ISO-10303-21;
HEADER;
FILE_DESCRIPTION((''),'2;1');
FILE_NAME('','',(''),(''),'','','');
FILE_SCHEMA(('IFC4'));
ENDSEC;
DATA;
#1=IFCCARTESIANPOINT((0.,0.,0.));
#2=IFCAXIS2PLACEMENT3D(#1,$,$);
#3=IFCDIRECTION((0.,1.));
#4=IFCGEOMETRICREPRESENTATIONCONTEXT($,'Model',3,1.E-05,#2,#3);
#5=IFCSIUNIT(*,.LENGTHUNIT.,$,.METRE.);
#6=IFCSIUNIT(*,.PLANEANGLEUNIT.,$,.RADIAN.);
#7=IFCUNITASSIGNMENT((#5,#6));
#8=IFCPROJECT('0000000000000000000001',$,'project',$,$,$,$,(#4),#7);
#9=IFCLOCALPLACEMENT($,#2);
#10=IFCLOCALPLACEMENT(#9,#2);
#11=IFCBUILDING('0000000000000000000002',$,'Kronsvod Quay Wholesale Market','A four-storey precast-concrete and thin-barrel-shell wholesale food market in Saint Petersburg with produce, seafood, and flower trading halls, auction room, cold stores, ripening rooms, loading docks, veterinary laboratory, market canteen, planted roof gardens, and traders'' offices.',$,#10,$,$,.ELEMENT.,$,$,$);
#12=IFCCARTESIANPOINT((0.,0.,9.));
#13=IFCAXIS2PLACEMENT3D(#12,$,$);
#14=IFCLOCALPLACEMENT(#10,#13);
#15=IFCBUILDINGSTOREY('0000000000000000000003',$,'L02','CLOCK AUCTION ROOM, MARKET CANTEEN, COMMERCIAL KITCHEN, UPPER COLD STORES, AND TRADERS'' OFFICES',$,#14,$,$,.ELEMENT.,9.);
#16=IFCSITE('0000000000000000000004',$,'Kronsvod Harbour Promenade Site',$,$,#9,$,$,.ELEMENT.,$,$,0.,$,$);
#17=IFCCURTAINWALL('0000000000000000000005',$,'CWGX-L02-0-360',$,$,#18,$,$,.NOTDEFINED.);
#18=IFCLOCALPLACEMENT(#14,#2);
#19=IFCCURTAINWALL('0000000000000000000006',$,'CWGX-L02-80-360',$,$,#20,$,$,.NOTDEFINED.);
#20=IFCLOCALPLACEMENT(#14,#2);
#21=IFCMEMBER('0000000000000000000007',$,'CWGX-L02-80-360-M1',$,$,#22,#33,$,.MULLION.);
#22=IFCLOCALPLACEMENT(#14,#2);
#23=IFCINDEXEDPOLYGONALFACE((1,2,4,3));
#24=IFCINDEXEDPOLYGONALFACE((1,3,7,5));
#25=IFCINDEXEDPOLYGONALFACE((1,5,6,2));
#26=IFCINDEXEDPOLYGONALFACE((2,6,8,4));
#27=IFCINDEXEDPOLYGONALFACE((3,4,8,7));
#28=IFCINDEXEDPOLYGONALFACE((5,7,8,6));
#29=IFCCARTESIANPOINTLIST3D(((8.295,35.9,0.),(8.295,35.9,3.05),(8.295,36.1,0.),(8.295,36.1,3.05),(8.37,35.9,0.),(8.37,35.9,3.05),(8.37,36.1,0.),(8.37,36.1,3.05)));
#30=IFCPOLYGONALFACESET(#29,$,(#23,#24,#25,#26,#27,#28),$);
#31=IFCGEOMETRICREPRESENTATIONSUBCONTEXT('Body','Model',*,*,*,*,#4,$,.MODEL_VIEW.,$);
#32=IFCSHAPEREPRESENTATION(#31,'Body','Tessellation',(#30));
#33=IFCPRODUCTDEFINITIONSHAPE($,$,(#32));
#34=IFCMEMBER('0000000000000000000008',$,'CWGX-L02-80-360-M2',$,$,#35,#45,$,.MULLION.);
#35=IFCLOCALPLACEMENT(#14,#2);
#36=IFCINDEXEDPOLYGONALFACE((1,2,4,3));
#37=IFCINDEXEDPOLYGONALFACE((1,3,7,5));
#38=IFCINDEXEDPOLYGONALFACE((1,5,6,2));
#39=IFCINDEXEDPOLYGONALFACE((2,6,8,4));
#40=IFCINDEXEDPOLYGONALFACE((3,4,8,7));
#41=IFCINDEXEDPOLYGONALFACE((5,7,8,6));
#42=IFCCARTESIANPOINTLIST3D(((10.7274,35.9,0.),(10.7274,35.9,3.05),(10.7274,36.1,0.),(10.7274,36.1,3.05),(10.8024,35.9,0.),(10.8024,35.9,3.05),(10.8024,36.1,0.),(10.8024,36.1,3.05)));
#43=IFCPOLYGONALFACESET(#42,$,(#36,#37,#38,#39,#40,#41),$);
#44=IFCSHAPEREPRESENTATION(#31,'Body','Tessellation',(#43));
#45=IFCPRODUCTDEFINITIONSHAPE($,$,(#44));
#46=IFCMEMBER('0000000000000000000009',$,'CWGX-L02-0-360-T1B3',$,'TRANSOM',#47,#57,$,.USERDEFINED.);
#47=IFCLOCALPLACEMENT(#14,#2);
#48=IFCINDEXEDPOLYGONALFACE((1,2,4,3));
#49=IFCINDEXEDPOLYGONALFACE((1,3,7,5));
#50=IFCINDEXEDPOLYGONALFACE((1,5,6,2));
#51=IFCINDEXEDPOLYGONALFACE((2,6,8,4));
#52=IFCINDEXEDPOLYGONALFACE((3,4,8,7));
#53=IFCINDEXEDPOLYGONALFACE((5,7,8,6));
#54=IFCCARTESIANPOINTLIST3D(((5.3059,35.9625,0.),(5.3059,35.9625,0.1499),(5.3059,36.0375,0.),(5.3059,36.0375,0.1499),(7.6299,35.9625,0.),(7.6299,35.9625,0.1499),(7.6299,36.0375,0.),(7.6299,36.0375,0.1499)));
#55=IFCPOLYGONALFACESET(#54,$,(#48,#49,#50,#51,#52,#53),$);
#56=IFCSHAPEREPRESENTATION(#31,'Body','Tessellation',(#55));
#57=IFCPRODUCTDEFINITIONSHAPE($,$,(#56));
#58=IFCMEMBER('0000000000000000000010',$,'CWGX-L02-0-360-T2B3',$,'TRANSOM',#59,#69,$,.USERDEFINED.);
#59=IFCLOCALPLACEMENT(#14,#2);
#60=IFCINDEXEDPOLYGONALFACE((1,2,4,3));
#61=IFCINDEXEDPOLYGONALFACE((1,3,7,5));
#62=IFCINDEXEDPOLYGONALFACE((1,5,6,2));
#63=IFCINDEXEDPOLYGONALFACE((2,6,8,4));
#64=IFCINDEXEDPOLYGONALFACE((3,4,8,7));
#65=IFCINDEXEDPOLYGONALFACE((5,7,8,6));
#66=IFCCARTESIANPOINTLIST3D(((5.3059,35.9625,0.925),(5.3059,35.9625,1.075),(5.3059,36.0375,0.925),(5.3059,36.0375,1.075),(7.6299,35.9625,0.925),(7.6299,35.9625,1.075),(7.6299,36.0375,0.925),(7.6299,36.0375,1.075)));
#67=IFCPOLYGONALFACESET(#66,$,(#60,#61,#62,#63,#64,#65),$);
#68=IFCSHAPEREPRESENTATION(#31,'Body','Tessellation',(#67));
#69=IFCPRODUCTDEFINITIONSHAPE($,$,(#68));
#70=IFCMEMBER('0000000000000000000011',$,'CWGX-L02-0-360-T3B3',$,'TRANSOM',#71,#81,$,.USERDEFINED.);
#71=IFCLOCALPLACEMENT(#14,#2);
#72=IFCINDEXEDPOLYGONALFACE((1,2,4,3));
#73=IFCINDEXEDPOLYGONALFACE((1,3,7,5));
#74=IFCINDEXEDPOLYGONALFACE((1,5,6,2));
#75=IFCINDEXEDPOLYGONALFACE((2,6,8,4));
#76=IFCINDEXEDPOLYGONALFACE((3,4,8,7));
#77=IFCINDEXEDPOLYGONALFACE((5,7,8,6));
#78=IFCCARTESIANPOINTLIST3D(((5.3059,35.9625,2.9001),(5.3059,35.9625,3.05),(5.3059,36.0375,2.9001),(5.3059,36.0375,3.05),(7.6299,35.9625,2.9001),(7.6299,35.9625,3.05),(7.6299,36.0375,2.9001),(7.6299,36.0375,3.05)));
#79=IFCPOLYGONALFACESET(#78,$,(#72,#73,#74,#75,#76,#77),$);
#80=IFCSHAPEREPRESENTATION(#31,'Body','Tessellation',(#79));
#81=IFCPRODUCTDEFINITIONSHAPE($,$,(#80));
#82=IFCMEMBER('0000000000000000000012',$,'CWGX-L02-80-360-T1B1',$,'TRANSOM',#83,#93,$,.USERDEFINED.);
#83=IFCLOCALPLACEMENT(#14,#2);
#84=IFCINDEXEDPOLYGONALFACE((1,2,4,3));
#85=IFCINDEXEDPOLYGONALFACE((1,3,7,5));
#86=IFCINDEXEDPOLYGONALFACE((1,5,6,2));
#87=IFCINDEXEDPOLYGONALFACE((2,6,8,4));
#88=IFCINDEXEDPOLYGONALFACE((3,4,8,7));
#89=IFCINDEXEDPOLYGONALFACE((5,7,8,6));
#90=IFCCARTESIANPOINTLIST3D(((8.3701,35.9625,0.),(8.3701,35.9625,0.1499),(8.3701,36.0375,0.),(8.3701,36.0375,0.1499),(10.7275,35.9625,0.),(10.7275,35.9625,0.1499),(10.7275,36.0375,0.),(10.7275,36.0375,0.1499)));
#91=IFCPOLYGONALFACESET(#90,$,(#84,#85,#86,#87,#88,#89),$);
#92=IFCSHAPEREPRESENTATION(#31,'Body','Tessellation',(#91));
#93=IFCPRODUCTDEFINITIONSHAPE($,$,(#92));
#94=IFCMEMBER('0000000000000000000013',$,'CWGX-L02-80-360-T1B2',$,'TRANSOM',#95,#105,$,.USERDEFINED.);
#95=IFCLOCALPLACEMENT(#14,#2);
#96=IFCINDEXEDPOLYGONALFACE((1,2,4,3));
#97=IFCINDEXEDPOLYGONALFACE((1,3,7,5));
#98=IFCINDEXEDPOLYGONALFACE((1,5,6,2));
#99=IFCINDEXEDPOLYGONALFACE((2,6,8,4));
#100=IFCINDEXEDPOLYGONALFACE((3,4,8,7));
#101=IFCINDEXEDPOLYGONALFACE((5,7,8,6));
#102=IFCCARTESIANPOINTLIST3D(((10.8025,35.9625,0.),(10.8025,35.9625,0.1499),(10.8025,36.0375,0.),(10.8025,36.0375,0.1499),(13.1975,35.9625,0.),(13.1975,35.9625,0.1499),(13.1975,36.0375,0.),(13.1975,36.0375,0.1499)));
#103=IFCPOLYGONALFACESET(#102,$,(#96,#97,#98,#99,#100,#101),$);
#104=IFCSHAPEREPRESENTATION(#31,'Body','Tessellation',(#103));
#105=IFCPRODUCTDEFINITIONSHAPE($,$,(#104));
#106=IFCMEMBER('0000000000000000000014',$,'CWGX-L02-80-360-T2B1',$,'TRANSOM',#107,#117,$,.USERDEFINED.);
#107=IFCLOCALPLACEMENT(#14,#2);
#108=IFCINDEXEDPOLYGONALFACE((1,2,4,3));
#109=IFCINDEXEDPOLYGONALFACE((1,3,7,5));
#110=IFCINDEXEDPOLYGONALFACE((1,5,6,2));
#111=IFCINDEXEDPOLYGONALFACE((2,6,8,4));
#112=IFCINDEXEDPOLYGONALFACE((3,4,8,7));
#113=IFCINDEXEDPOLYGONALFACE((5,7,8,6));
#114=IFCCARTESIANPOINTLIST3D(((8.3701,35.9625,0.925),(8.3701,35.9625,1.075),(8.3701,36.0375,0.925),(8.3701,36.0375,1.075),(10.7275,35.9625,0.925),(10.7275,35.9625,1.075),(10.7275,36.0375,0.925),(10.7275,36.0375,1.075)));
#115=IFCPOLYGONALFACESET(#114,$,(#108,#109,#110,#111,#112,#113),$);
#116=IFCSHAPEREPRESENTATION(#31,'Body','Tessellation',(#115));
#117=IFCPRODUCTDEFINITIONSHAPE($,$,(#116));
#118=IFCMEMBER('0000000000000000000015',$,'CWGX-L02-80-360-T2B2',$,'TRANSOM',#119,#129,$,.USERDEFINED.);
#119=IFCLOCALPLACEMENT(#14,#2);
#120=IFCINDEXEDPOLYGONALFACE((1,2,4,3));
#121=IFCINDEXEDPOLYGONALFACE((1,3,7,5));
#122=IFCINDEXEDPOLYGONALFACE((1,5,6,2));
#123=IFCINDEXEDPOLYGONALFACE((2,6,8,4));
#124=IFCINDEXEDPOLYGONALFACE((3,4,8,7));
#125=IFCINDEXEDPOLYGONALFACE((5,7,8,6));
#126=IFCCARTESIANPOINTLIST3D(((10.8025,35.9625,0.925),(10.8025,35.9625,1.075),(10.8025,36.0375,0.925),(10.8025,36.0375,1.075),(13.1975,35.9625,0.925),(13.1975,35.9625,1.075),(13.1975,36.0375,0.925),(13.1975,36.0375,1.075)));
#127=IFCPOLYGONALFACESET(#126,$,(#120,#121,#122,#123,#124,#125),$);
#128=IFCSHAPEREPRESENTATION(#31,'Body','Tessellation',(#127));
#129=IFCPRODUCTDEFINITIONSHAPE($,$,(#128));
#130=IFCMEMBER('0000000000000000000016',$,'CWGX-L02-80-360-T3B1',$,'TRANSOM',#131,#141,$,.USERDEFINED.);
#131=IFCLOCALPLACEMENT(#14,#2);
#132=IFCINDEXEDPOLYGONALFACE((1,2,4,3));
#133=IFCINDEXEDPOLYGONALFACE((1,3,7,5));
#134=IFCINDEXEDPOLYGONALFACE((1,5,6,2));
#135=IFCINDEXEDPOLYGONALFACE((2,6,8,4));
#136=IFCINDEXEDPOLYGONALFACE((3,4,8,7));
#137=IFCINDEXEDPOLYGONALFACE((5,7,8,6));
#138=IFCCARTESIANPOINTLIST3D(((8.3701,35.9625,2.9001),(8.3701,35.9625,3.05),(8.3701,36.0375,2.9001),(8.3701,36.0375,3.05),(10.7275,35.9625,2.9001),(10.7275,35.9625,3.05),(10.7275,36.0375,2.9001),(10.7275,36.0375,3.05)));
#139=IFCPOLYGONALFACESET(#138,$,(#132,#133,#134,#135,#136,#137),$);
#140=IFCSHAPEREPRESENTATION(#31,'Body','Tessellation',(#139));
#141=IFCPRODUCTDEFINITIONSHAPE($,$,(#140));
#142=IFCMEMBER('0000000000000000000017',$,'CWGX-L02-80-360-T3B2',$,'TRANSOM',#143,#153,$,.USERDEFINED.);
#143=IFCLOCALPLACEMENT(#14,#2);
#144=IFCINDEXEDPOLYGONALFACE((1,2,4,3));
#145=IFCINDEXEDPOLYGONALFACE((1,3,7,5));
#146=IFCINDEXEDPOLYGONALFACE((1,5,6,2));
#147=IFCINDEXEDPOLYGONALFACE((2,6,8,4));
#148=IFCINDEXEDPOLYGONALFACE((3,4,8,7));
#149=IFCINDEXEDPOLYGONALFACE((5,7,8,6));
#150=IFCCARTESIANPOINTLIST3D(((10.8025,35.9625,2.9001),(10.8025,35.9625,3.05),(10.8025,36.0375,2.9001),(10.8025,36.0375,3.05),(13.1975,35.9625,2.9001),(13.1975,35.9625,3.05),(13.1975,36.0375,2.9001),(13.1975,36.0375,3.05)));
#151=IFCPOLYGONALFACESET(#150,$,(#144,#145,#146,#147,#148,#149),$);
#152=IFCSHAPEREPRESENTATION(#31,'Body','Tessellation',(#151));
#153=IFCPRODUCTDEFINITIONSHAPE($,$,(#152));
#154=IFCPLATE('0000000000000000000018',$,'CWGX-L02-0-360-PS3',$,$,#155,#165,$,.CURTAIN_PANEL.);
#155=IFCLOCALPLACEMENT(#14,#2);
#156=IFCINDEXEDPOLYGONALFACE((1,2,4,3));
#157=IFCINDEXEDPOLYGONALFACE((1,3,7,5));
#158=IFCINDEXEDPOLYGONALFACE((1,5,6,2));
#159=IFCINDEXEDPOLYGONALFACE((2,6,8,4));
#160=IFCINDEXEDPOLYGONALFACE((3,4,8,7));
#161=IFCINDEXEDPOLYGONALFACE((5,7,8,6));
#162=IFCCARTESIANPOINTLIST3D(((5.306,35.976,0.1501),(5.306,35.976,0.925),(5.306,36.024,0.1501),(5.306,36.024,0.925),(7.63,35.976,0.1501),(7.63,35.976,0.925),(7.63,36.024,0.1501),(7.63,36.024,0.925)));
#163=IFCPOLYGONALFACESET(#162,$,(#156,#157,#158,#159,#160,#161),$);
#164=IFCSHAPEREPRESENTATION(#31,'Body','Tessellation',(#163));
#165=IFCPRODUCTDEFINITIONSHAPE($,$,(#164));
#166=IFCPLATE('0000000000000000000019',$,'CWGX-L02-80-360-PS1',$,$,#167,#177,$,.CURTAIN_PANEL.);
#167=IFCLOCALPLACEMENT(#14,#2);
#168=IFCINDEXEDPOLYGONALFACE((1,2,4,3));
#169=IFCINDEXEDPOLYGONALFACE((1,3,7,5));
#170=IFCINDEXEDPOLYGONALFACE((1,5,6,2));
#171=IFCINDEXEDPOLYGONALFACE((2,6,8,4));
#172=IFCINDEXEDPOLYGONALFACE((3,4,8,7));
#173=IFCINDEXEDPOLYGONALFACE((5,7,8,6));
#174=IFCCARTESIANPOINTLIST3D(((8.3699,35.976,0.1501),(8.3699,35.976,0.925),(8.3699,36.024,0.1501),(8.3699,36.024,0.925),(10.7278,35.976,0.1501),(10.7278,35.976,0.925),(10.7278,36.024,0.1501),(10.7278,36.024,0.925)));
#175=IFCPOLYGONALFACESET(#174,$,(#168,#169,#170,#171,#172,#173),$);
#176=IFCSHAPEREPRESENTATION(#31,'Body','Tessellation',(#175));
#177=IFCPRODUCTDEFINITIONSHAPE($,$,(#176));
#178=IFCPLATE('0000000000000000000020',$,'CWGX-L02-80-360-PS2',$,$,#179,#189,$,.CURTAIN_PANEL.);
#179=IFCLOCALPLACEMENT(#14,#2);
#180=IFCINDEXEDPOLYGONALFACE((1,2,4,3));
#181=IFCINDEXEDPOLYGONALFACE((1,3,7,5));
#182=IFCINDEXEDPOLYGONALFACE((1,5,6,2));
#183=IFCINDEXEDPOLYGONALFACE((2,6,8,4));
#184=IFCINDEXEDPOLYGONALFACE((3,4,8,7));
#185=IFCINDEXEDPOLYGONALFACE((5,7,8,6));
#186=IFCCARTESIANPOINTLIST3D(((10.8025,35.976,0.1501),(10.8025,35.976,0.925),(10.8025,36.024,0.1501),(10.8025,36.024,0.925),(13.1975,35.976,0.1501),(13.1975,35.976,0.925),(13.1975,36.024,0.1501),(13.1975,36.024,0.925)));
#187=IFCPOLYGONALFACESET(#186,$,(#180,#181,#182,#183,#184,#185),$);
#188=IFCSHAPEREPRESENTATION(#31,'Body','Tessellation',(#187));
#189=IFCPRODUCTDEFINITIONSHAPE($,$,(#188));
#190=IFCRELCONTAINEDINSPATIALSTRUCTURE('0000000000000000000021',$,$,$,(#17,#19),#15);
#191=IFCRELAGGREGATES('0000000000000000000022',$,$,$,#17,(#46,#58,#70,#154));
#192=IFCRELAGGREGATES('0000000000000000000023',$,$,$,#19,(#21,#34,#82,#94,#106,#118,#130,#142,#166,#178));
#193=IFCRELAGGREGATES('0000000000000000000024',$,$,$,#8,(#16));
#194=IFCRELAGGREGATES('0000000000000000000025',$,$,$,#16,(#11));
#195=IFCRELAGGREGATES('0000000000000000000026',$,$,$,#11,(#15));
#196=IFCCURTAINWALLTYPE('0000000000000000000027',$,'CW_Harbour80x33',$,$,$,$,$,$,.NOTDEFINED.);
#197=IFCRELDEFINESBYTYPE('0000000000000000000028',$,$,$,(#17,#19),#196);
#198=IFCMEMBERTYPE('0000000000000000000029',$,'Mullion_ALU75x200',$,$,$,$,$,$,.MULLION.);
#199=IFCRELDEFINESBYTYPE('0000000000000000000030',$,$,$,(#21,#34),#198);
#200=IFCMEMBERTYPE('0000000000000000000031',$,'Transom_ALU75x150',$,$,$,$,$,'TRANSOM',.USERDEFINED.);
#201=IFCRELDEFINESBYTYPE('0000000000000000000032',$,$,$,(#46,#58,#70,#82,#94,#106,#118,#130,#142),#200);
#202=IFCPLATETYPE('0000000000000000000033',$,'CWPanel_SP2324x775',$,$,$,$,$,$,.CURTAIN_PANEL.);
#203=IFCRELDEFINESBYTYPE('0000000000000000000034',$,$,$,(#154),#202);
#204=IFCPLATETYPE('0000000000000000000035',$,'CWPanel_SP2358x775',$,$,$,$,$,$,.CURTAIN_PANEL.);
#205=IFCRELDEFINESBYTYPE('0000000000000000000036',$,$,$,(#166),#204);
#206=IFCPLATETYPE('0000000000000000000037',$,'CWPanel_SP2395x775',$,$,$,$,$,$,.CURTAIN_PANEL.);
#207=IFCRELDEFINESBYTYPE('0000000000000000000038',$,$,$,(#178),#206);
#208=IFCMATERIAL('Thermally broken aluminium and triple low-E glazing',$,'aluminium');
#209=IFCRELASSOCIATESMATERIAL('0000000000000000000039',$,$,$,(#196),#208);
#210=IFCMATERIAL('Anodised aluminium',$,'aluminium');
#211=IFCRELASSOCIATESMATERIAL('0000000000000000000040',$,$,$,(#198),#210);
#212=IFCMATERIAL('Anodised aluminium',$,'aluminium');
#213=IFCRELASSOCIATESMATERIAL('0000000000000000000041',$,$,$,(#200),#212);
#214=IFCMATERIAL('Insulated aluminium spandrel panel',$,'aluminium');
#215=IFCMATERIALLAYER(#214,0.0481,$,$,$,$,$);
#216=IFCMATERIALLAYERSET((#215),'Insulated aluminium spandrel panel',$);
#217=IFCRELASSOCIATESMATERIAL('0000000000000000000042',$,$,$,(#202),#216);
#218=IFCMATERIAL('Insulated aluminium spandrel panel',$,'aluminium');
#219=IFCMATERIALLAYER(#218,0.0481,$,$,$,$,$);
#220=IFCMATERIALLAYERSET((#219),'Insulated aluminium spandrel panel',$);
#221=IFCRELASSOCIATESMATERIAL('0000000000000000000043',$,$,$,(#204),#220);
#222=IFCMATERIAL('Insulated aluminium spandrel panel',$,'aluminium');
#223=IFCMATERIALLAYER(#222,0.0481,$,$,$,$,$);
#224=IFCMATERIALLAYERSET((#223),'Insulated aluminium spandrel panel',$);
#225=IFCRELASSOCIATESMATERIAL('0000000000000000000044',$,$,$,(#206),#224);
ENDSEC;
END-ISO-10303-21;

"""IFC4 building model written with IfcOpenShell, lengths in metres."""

from ifc_helpers import new_model, si_unit, direction, frame, origin, origin_2d, place, context, subcontext, project, spatial, rectangle, extrude, material, layer, layer_set, material_profile, profile_set, type_object, element, aggregate, save


model = new_model("IFC4")

# Units and contexts
model_context = context("Model", 3, precision=1e-05, world=origin(), true_north=direction((0.0, 1.0)))
body_context = subcontext(model_context, "Body", "Model", "MODEL_VIEW")
ifc_project = project(units=[si_unit("LENGTHUNIT", "METRE"), si_unit("PLANEANGLEUNIT", "RADIAN")], contexts=[model_context])

# Site, building, storey
site_placement = place(None, origin())
site = spatial("IfcSite", under=ifc_project, at=site_placement, Name="Kronsvod Harbour Promenade Site", CompositionType="ELEMENT", RefElevation=0.0)
building_placement = place(site_placement, origin())
building = spatial("IfcBuilding", under=site, at=building_placement, Name="Kronsvod Quay Wholesale Market", Description="A four-storey precast-concrete and thin-barrel-shell wholesale food market in Saint Petersburg with produce, seafood, and flower trading halls, auction room, cold stores, ripening rooms, loading docks, veterinary laboratory, market canteen, planted roof gardens, and traders' offices.", CompositionType="ELEMENT")
storey_placement = place(building_placement, frame((0.0, 0.0, 9.0)))
storey = spatial("IfcBuildingStorey", under=building, at=storey_placement, Name="L02", Description="CLOCK AUCTION ROOM, MARKET CANTEEN, COMMERCIAL KITCHEN, UPPER COLD STORES, AND TRADERS' OFFICES", CompositionType="ELEMENT", Elevation=9.0)

# Curtain wall
ifc_material_1 = material(Name="Thermally broken aluminium and triple low-E glazing", Category="aluminium")
curtain_wall_type = type_object("IfcCurtainWallType", Name="CW_Harbour80x33", PredefinedType="NOTDEFINED", material=ifc_material_1)
curtain_wall_1_placement = place(storey_placement, origin())
curtain_wall_1 = element("IfcCurtainWall", 1, at=curtain_wall_1_placement, inside=storey, type_object=curtain_wall_type, Name="CWGX-L02-0-360", PredefinedType="NOTDEFINED")
ifc_material_2 = material(Name="Anodised aluminium", Category="aluminium")
ifc_material_profile_1 = material_profile(ifc_material_2, rectangle(XDim=0.075, YDim=0.2, at=origin_2d()), Name="ALUM75x200")
ifc_profile_set_1 = profile_set([ifc_material_profile_1], Name="Anodised aluminium")
member_type_1 = type_object("IfcMemberType", Name="Mullion_ALU75x200", PredefinedType="MULLION", material=ifc_profile_set_1)

# Curtain wall, members
curtain_wall_2_placement = place(storey_placement, origin())
curtain_wall_2 = element("IfcCurtainWall", 2, at=curtain_wall_2_placement, inside=storey, type_object=curtain_wall_type, Name="CWGX-L02-80-360", PredefinedType="NOTDEFINED")
member_1_placement = place(storey_placement, frame((8.3325, 36.0, 0.0), z_axis=(0.0, 0.0, 1.0), x_axis=(1.0, 0.0, 0.0)))
member_1 = element("IfcMember", 3, at=member_1_placement, type_object=member_type_1, Name="CWGX-L02-80-360-M1", PredefinedType="MULLION", context=body_context, shape_type="SweptSolid", body=[
    extrude(rectangle(XDim=0.075, YDim=0.2, at=origin_2d()), origin(), (0.0, 0.0, 1.0), 3.05),
])
member_2_placement = place(storey_placement, frame((10.7649, 36.0, 0.0), z_axis=(0.0, 0.0, 1.0), x_axis=(1.0, 0.0, 0.0)))
member_2 = element("IfcMember", 4, at=member_2_placement, type_object=member_type_1, Name="CWGX-L02-80-360-M2", PredefinedType="MULLION", context=body_context, shape_type="SweptSolid", body=[
    extrude(rectangle(XDim=0.075, YDim=0.2, at=origin_2d()), origin(), (0.0, 0.0, 1.0), 3.05),
])

# Members
ifc_material_3 = material(Name="Anodised aluminium", Category="aluminium")
ifc_material_profile_2 = material_profile(ifc_material_3, rectangle(XDim=0.075, YDim=0.1499, at=origin_2d()), Name="ALUT75x150")
ifc_profile_set_2 = profile_set([ifc_material_profile_2], Name="Anodised aluminium")
member_type_2 = type_object("IfcMemberType", Name="Transom_ALU75x150", ElementType="TRANSOM", PredefinedType="USERDEFINED", material=ifc_profile_set_2)
member_3_placement = place(storey_placement, frame((5.3059, 36.0, 0.075), z_axis=(1.0, 0.0, 0.0), x_axis=(0.0, 1.0, 0.0)))
member_3 = element("IfcMember", 5, at=member_3_placement, type_object=member_type_2, Name="CWGX-L02-0-360-T1B3", ObjectType="TRANSOM", PredefinedType="USERDEFINED", context=body_context, shape_type="SweptSolid", body=[
    extrude(rectangle(XDim=0.075, YDim=0.1499, at=origin_2d()), origin(), (0.0, 0.0, 1.0), 2.324),
])
member_4_placement = place(storey_placement, frame((5.3059, 36.0, 1.0), z_axis=(1.0, 0.0, 0.0), x_axis=(0.0, 1.0, 0.0)))
member_4 = element("IfcMember", 6, at=member_4_placement, type_object=member_type_2, Name="CWGX-L02-0-360-T2B3", ObjectType="TRANSOM", PredefinedType="USERDEFINED", context=body_context, shape_type="SweptSolid", body=[
    extrude(rectangle(XDim=0.075, YDim=0.1499, at=origin_2d()), origin(), (0.0, 0.0, 1.0), 2.324),
])
member_5_placement = place(storey_placement, frame((5.3059, 36.0, 2.9751), z_axis=(1.0, 0.0, 0.0), x_axis=(0.0, 1.0, 0.0)))
member_5 = element("IfcMember", 7, at=member_5_placement, type_object=member_type_2, Name="CWGX-L02-0-360-T3B3", ObjectType="TRANSOM", PredefinedType="USERDEFINED", context=body_context, shape_type="SweptSolid", body=[
    extrude(rectangle(XDim=0.075, YDim=0.1499, at=origin_2d()), origin(), (0.0, 0.0, 1.0), 2.324),
])
member_6_placement = place(storey_placement, frame((8.3701, 36.0, 0.075), z_axis=(1.0, 0.0, 0.0), x_axis=(0.0, 1.0, 0.0)))
member_6 = element("IfcMember", 8, at=member_6_placement, type_object=member_type_2, Name="CWGX-L02-80-360-T1B1", ObjectType="TRANSOM", PredefinedType="USERDEFINED", context=body_context, shape_type="SweptSolid", body=[
    extrude(rectangle(XDim=0.075, YDim=0.1499, at=origin_2d()), origin(), (0.0, 0.0, 1.0), 2.3574),
])
member_7_placement = place(storey_placement, frame((10.8025, 36.0, 0.075), z_axis=(1.0, 0.0, 0.0), x_axis=(0.0, 1.0, 0.0)))
member_7 = element("IfcMember", 9, at=member_7_placement, type_object=member_type_2, Name="CWGX-L02-80-360-T1B2", ObjectType="TRANSOM", PredefinedType="USERDEFINED", context=body_context, shape_type="SweptSolid", body=[
    extrude(rectangle(XDim=0.075, YDim=0.1499, at=origin_2d()), origin(), (0.0, 0.0, 1.0), 2.395),
])
member_8_placement = place(storey_placement, frame((8.3701, 36.0, 1.0), z_axis=(1.0, 0.0, 0.0), x_axis=(0.0, 1.0, 0.0)))
member_8 = element("IfcMember", 10, at=member_8_placement, type_object=member_type_2, Name="CWGX-L02-80-360-T2B1", ObjectType="TRANSOM", PredefinedType="USERDEFINED", context=body_context, shape_type="SweptSolid", body=[
    extrude(rectangle(XDim=0.075, YDim=0.1499, at=origin_2d()), origin(), (0.0, 0.0, 1.0), 2.3574),
])
member_9_placement = place(storey_placement, frame((10.8025, 36.0, 1.0), z_axis=(1.0, 0.0, 0.0), x_axis=(0.0, 1.0, 0.0)))
member_9 = element("IfcMember", 11, at=member_9_placement, type_object=member_type_2, Name="CWGX-L02-80-360-T2B2", ObjectType="TRANSOM", PredefinedType="USERDEFINED", context=body_context, shape_type="SweptSolid", body=[
    extrude(rectangle(XDim=0.075, YDim=0.1499, at=origin_2d()), origin(), (0.0, 0.0, 1.0), 2.395),
])
member_10_placement = place(storey_placement, frame((8.3701, 36.0, 2.9751), z_axis=(1.0, 0.0, 0.0), x_axis=(0.0, 1.0, 0.0)))
member_10 = element("IfcMember", 12, at=member_10_placement, type_object=member_type_2, Name="CWGX-L02-80-360-T3B1", ObjectType="TRANSOM", PredefinedType="USERDEFINED", context=body_context, shape_type="SweptSolid", body=[
    extrude(rectangle(XDim=0.075, YDim=0.1499, at=origin_2d()), origin(), (0.0, 0.0, 1.0), 2.3574),
])
member_11_placement = place(storey_placement, frame((10.8025, 36.0, 2.9751), z_axis=(1.0, 0.0, 0.0), x_axis=(0.0, 1.0, 0.0)))
member_11 = element("IfcMember", 13, at=member_11_placement, type_object=member_type_2, Name="CWGX-L02-80-360-T3B2", ObjectType="TRANSOM", PredefinedType="USERDEFINED", context=body_context, shape_type="SweptSolid", body=[
    extrude(rectangle(XDim=0.075, YDim=0.1499, at=origin_2d()), origin(), (0.0, 0.0, 1.0), 2.395),
])

# Plates
ifc_material_4 = material(Name="Insulated aluminium spandrel panel", Category="aluminium")
ifc_layer_1 = layer(ifc_material_4, 0.0481)
ifc_layer_set_1 = layer_set([ifc_layer_1], Name="Insulated aluminium spandrel panel")
plate_type_1 = type_object("IfcPlateType", Name="CWPanel_SP2324x775", PredefinedType="CURTAIN_PANEL", material=ifc_layer_set_1)
plate_1_placement = place(storey_placement, frame((6.468, 36.0, 0.1501), z_axis=(0.0, 0.0, 1.0), x_axis=(1.0, 0.0, 0.0)))
plate_1 = element("IfcPlate", 14, at=plate_1_placement, type_object=plate_type_1, Name="CWGX-L02-0-360-PS3", PredefinedType="CURTAIN_PANEL", context=body_context, shape_type="SweptSolid", body=[
    extrude(rectangle(XDim=2.324, YDim=0.0481, at=origin_2d()), origin(), (0.0, 0.0, 1.0), 0.7749),
])
ifc_material_5 = material(Name="Insulated aluminium spandrel panel", Category="aluminium")
ifc_layer_2 = layer(ifc_material_5, 0.0481)
ifc_layer_set_2 = layer_set([ifc_layer_2], Name="Insulated aluminium spandrel panel")
plate_type_2 = type_object("IfcPlateType", Name="CWPanel_SP2358x775", PredefinedType="CURTAIN_PANEL", material=ifc_layer_set_2)
plate_2_placement = place(storey_placement, frame((9.5488, 36.0, 0.1501), z_axis=(0.0, 0.0, 1.0), x_axis=(1.0, 0.0, 0.0)))
plate_2 = element("IfcPlate", 15, at=plate_2_placement, type_object=plate_type_2, Name="CWGX-L02-80-360-PS1", PredefinedType="CURTAIN_PANEL", context=body_context, shape_type="SweptSolid", body=[
    extrude(rectangle(XDim=2.3579, YDim=0.0481, at=origin_2d()), origin(), (0.0, 0.0, 1.0), 0.7749),
])
ifc_material_6 = material(Name="Insulated aluminium spandrel panel", Category="aluminium")
ifc_layer_3 = layer(ifc_material_6, 0.0481)
ifc_layer_set_3 = layer_set([ifc_layer_3], Name="Insulated aluminium spandrel panel")
plate_type_3 = type_object("IfcPlateType", Name="CWPanel_SP2395x775", PredefinedType="CURTAIN_PANEL", material=ifc_layer_set_3)
plate_3_placement = place(storey_placement, frame((12.0, 36.0, 0.1501), z_axis=(0.0, 0.0, 1.0), x_axis=(1.0, 0.0, 0.0)))
plate_3 = element("IfcPlate", 16, at=plate_3_placement, type_object=plate_type_3, Name="CWGX-L02-80-360-PS2", PredefinedType="CURTAIN_PANEL", context=body_context, shape_type="SweptSolid", body=[
    extrude(rectangle(XDim=2.395, YDim=0.0481, at=origin_2d()), origin(), (0.0, 0.0, 1.0), 0.7749),
])
aggregate(curtain_wall_1, [member_3, member_4, member_5, plate_1])
aggregate(curtain_wall_2, [member_1, member_2, member_6, member_7, member_8, member_9, member_10, member_11, plate_2, plate_3])

save(model, "model.ifc")
